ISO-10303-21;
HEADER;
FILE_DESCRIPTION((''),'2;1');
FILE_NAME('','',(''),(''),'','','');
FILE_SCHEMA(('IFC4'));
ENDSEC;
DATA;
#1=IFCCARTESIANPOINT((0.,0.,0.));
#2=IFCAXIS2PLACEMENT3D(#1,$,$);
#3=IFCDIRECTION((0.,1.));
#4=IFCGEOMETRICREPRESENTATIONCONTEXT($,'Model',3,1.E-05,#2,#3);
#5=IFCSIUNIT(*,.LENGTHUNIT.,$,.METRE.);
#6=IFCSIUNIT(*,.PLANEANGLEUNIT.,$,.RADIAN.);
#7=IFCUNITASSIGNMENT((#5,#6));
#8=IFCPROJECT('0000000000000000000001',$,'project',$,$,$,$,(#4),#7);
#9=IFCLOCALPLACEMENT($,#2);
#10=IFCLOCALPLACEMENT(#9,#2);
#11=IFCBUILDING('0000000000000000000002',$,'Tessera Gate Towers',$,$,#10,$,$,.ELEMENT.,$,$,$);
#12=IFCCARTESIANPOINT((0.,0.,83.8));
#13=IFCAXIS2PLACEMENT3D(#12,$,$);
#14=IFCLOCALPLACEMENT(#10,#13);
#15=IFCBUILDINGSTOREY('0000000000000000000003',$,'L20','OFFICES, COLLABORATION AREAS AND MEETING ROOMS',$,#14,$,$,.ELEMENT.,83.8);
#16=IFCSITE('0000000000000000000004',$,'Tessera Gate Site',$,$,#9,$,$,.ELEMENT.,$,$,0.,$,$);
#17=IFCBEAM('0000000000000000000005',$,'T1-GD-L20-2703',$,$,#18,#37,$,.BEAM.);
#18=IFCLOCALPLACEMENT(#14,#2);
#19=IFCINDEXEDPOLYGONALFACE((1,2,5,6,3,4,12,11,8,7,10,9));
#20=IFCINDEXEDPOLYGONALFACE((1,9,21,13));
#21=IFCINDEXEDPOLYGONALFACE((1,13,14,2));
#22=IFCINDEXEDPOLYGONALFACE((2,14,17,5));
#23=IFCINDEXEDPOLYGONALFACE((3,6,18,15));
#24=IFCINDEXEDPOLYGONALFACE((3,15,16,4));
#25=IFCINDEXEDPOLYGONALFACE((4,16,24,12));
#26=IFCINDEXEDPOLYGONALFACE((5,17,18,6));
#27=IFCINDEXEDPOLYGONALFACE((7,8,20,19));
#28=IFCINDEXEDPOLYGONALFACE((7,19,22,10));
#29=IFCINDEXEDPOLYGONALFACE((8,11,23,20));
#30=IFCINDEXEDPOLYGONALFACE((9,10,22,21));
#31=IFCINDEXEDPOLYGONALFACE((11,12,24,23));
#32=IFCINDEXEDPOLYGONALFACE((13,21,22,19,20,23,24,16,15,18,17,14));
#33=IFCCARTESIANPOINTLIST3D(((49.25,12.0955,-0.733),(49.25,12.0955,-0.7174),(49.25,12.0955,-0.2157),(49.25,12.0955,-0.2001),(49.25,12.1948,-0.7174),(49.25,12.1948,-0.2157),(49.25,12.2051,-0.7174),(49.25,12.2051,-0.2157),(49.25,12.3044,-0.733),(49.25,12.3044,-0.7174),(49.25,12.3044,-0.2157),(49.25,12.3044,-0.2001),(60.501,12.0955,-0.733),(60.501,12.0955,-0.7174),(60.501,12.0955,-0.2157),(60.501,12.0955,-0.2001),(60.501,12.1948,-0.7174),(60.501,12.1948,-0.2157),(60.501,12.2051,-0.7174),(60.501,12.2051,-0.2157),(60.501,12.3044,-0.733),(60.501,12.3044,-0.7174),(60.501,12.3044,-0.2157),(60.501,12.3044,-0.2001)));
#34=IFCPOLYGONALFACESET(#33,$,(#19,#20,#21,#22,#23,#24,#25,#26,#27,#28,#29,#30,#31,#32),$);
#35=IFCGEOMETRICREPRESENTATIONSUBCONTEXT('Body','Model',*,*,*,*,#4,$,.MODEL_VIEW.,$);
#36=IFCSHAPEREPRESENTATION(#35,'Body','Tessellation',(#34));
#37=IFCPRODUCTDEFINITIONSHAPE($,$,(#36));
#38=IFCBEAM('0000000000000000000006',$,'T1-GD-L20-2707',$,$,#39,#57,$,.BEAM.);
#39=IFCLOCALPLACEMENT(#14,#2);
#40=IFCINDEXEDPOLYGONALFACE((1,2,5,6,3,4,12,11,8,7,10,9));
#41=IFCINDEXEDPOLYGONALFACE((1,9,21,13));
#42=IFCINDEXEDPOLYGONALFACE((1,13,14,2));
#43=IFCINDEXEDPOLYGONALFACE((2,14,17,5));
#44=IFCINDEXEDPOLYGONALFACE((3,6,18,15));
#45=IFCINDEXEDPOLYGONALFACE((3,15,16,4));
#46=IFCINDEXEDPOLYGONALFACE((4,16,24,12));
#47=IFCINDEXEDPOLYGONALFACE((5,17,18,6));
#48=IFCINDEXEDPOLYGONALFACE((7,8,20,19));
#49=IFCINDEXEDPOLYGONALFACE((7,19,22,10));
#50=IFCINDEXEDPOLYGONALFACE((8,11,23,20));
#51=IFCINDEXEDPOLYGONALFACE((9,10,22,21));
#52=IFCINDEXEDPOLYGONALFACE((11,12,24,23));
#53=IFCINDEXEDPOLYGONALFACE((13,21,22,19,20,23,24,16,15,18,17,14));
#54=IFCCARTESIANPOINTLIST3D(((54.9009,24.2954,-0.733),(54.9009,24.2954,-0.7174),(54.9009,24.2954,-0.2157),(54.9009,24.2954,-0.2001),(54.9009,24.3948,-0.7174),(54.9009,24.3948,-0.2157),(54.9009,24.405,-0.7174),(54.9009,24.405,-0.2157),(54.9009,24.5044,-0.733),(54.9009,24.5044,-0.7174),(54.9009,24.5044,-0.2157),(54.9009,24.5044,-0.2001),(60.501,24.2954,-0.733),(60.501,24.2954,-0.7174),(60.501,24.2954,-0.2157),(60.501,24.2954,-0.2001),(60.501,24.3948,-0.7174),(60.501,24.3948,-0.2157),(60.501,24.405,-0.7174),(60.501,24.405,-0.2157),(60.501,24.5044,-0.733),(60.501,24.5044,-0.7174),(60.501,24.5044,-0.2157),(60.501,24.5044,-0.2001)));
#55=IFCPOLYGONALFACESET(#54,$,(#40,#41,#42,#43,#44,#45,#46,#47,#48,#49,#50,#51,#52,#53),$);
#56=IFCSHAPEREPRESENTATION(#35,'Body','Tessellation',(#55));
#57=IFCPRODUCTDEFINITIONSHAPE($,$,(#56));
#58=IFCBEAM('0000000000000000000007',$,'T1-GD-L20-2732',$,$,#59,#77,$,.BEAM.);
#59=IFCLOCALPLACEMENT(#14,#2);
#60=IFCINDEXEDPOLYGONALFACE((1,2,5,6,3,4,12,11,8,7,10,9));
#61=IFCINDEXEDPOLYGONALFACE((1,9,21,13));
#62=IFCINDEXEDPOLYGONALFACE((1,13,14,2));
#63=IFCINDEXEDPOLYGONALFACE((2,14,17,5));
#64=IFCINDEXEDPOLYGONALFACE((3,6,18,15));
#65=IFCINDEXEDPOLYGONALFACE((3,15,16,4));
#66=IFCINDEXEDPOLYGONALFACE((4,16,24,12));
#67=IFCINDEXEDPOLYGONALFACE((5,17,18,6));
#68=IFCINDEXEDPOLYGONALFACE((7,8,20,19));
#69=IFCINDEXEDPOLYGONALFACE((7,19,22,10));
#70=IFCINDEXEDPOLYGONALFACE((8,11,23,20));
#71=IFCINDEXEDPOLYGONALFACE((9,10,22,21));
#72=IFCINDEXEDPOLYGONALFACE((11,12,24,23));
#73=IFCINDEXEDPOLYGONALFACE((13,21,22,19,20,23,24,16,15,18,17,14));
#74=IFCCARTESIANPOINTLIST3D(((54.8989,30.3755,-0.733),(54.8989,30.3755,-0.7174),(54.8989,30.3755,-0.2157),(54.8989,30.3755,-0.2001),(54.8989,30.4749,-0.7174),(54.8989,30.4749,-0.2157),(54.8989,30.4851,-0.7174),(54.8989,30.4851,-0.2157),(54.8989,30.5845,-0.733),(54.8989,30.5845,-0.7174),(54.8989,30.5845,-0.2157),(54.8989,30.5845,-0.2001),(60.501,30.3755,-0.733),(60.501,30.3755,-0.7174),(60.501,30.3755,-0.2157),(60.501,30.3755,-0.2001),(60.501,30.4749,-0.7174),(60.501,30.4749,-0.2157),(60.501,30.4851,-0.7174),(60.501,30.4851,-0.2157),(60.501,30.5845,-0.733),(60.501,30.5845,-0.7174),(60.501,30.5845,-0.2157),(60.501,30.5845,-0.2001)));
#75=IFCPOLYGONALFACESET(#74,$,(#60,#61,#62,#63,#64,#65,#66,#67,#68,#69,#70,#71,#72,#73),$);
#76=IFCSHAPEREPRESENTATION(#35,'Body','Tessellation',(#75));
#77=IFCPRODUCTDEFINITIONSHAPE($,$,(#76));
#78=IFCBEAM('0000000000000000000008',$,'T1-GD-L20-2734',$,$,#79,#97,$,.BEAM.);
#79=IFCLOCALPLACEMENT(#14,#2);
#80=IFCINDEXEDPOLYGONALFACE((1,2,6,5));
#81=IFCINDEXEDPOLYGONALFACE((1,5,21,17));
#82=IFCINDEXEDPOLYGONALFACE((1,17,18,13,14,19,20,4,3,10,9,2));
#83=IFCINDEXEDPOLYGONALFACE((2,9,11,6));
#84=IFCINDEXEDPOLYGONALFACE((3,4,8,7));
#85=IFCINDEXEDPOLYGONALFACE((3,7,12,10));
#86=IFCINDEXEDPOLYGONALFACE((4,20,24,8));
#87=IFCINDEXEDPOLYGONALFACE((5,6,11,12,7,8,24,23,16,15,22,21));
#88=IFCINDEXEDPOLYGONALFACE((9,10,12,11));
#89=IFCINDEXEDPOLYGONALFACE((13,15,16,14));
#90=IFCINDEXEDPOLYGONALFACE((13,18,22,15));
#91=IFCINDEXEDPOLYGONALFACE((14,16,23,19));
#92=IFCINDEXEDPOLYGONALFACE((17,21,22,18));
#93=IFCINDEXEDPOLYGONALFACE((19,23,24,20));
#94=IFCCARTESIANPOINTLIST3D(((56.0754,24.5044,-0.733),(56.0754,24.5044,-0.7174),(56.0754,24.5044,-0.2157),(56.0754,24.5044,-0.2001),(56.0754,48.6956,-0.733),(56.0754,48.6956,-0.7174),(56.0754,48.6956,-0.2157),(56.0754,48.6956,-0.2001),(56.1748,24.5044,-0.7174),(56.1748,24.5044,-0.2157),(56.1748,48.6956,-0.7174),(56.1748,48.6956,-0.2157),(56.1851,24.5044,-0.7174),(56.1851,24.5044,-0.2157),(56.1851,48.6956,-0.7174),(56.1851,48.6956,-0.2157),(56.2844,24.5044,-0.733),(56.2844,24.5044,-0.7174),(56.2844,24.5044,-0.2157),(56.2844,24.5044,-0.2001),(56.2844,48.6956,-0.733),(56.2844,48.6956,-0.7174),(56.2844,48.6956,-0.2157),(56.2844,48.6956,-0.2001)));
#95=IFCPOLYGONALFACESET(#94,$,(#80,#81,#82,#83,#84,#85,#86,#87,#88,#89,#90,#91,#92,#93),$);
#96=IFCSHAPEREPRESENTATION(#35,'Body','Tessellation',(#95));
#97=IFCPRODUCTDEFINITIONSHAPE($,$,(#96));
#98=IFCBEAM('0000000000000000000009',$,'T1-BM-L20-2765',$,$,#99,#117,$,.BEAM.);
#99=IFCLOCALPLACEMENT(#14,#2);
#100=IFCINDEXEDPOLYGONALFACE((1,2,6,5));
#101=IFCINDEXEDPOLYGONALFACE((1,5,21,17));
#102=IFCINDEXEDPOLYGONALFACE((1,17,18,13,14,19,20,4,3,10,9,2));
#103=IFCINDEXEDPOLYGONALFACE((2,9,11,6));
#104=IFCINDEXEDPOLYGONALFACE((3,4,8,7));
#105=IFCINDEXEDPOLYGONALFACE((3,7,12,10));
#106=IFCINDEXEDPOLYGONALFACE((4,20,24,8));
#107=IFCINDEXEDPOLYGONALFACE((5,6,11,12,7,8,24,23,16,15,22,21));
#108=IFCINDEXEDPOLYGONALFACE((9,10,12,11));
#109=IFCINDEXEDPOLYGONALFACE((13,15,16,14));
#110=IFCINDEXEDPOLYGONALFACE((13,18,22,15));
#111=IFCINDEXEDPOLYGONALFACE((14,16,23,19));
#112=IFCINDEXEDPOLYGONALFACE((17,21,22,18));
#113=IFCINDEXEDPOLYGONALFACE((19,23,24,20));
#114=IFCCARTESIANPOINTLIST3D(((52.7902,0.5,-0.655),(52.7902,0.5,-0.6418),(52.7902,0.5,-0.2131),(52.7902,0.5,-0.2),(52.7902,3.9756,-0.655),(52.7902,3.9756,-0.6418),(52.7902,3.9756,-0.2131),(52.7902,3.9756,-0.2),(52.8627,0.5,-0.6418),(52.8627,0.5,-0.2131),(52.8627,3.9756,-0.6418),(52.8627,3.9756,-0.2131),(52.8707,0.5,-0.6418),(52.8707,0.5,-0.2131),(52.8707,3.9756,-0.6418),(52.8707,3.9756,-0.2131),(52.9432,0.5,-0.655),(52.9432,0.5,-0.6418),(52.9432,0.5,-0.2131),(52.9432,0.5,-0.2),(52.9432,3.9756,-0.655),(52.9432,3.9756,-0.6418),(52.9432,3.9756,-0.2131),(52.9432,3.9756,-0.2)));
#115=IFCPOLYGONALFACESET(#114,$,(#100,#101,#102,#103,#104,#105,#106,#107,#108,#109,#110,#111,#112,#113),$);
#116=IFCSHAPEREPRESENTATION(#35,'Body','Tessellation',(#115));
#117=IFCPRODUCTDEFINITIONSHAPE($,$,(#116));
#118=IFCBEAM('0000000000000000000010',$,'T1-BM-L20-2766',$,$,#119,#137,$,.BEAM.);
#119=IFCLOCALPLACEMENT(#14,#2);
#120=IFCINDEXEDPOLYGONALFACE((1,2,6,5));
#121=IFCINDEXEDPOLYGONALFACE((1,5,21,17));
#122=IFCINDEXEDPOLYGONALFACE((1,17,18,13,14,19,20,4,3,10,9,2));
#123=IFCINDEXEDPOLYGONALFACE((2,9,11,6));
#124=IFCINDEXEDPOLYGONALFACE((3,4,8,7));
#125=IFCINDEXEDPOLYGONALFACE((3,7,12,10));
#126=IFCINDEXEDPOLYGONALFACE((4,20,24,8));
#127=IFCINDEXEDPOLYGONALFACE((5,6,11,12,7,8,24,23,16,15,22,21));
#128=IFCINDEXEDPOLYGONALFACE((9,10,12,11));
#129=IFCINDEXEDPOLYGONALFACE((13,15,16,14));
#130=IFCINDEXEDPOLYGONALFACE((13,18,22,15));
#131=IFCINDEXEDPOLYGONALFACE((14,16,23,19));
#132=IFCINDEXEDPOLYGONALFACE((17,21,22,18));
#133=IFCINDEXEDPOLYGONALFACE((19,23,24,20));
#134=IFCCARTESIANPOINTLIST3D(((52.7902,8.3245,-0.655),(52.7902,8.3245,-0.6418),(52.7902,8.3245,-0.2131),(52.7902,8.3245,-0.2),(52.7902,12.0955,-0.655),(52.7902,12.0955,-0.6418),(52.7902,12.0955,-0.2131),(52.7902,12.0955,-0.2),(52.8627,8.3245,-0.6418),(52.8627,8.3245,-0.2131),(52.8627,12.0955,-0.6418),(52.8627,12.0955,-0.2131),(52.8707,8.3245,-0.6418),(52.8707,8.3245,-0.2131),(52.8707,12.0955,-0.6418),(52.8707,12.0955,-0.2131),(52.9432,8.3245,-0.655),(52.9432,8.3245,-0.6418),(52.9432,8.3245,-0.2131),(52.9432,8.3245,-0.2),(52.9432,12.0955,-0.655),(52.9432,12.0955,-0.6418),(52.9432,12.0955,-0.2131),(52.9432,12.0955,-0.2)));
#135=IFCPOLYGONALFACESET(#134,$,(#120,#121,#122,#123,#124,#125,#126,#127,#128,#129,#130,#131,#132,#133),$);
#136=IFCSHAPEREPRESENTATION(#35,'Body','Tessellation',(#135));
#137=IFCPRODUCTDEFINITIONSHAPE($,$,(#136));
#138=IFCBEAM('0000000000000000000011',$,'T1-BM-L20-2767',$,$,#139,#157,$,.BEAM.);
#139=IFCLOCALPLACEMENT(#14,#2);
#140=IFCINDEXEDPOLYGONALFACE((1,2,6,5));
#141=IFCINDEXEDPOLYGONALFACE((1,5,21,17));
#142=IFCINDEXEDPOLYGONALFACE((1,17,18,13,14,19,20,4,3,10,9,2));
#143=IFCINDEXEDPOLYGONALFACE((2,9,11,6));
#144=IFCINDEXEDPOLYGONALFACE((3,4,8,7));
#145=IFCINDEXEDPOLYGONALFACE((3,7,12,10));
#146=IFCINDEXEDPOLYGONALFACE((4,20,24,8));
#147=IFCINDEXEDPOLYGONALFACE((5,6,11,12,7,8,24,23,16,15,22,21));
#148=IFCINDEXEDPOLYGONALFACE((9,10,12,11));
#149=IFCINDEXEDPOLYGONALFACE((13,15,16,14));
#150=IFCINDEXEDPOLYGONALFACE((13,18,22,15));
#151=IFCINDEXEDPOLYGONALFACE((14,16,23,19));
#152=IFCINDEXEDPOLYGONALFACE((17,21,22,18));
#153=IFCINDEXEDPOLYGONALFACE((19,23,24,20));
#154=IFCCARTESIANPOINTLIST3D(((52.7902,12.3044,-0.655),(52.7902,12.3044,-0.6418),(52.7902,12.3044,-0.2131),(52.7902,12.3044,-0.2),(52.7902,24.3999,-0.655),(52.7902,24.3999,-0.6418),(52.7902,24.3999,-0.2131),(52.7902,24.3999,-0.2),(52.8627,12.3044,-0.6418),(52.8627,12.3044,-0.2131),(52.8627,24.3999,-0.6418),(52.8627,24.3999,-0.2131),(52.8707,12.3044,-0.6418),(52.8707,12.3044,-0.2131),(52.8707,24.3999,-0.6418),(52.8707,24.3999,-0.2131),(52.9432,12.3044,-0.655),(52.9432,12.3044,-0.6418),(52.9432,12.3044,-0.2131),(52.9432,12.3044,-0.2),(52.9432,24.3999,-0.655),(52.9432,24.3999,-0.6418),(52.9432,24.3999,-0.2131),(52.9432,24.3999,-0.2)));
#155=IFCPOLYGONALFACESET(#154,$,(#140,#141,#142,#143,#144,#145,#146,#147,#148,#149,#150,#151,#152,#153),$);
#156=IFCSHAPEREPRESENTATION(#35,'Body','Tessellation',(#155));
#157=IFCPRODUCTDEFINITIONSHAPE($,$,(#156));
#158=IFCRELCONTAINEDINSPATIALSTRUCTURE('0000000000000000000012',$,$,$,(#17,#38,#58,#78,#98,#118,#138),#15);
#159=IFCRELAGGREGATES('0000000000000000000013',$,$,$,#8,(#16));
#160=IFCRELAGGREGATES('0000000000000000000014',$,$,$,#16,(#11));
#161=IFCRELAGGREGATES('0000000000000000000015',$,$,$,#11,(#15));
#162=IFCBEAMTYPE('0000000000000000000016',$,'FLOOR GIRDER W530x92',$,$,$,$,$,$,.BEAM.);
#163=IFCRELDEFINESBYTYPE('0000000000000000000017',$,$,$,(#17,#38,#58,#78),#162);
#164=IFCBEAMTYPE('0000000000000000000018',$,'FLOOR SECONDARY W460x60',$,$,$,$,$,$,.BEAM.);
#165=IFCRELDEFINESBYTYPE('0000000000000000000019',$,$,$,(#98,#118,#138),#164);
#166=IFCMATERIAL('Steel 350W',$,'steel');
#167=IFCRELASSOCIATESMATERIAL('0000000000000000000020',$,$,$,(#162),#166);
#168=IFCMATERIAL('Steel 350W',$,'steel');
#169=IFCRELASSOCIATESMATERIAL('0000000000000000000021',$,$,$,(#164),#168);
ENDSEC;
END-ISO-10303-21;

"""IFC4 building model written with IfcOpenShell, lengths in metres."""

from ifc_helpers import new_model, si_unit, direction, frame, origin, origin_2d, place, context, subcontext, project, spatial, i_section, extrude, material, material_profile, profile_set, type_object, element, save


model = new_model("IFC4")

# Units and contexts
model_context = context("Model", 3, precision=1e-05, world=origin(), true_north=direction((0.0, 1.0)))
body_context = subcontext(model_context, "Body", "Model", "MODEL_VIEW")
ifc_project = project(units=[si_unit("LENGTHUNIT", "METRE"), si_unit("PLANEANGLEUNIT", "RADIAN")], contexts=[model_context])

# Site, building, storey
site_placement = place(None, origin())
site = spatial("IfcSite", under=ifc_project, at=site_placement, Name="Tessera Gate Site", CompositionType="ELEMENT", RefElevation=0.0)
building_placement = place(site_placement, origin())
building = spatial("IfcBuilding", under=site, at=building_placement, Name="Tessera Gate Towers", CompositionType="ELEMENT")
storey_placement = place(building_placement, frame((0.0, 0.0, 83.8)))
storey = spatial("IfcBuildingStorey", under=building, at=storey_placement, Name="L20", Description="OFFICES, COLLABORATION AREAS AND MEETING ROOMS", CompositionType="ELEMENT", Elevation=83.8)

# Beams
ifc_material_1 = material(Name="Steel 350W", Category="steel")
ifc_material_profile_1 = material_profile(ifc_material_1, i_section(OverallWidth=0.209, OverallDepth=0.533, WebThickness=0.0103, FlangeThickness=0.0156, at=origin_2d()), Name="W530x92")
ifc_profile_set_1 = profile_set([ifc_material_profile_1], Name="Steel 350W")
beam_type_1 = type_object("IfcBeamType", Name="FLOOR GIRDER W530x92", PredefinedType="BEAM", material=ifc_profile_set_1)
beam_1_placement = place(storey_placement, frame((49.25, 12.2, -0.4666), z_axis=(1.0, 0.0, 0.0), x_axis=(0.0, 1.0, 0.0)))
element("IfcBeam", 1, at=beam_1_placement, inside=storey, type_object=beam_type_1, Name="T1-GD-L20-2703", PredefinedType="BEAM", context=body_context, shape_type="SweptSolid", body=[
    extrude(i_section(OverallWidth=0.209, OverallDepth=0.533, WebThickness=0.0103, FlangeThickness=0.0156, at=origin_2d()), origin(), (0.0, 0.0, 1.0), 11.251),
])
beam_2_placement = place(storey_placement, frame((54.9009, 24.3999, -0.4666), z_axis=(1.0, 0.0, 0.0), x_axis=(0.0, 1.0, 0.0)))
element("IfcBeam", 2, at=beam_2_placement, inside=storey, type_object=beam_type_1, Name="T1-GD-L20-2707", PredefinedType="BEAM", context=body_context, shape_type="SweptSolid", body=[
    extrude(i_section(OverallWidth=0.209, OverallDepth=0.533, WebThickness=0.0103, FlangeThickness=0.0156, at=origin_2d()), origin(), (0.0, 0.0, 1.0), 5.6001),
])
beam_3_placement = place(storey_placement, frame((54.8989, 30.48, -0.4666), z_axis=(1.0, 0.0, 0.0), x_axis=(0.0, 1.0, 0.0)))
element("IfcBeam", 3, at=beam_3_placement, inside=storey, type_object=beam_type_1, Name="T1-GD-L20-2732", PredefinedType="BEAM", context=body_context, shape_type="SweptSolid", body=[
    extrude(i_section(OverallWidth=0.209, OverallDepth=0.533, WebThickness=0.0103, FlangeThickness=0.0156, at=origin_2d()), origin(), (0.0, 0.0, 1.0), 5.6021),
])
beam_4_placement = place(storey_placement, frame((56.1799, 24.5044, -0.4666), z_axis=(0.0, 1.0, 0.0), x_axis=(-1.0, 0.0, 0.0)))
element("IfcBeam", 4, at=beam_4_placement, inside=storey, type_object=beam_type_1, Name="T1-GD-L20-2734", PredefinedType="BEAM", context=body_context, shape_type="SweptSolid", body=[
    extrude(i_section(OverallWidth=0.209, OverallDepth=0.533, WebThickness=0.0103, FlangeThickness=0.0156, at=origin_2d()), origin(), (0.0, 0.0, 1.0), 24.1912),
])
ifc_material_2 = material(Name="Steel 350W", Category="steel")
ifc_material_profile_2 = material_profile(ifc_material_2, i_section(OverallWidth=0.1531, OverallDepth=0.4551, WebThickness=0.0081, FlangeThickness=0.0132, at=origin_2d()), Name="W460x60")
ifc_profile_set_2 = profile_set([ifc_material_profile_2], Name="Steel 350W")
beam_type_2 = type_object("IfcBeamType", Name="FLOOR SECONDARY W460x60", PredefinedType="BEAM", material=ifc_profile_set_2)
beam_5_placement = place(storey_placement, frame((52.8667, 0.5, -0.4275), z_axis=(0.0, 1.0, 0.0), x_axis=(-1.0, 0.0, 0.0)))
element("IfcBeam", 5, at=beam_5_placement, inside=storey, type_object=beam_type_2, Name="T1-BM-L20-2765", PredefinedType="BEAM", context=body_context, shape_type="SweptSolid", body=[
    extrude(i_section(OverallWidth=0.1531, OverallDepth=0.4551, WebThickness=0.0081, FlangeThickness=0.0132, at=origin_2d()), origin(), (0.0, 0.0, 1.0), 3.4756),
])
beam_6_placement = place(storey_placement, frame((52.8667, 8.3245, -0.4275), z_axis=(0.0, 1.0, 0.0), x_axis=(-1.0, 0.0, 0.0)))
element("IfcBeam", 6, at=beam_6_placement, inside=storey, type_object=beam_type_2, Name="T1-BM-L20-2766", PredefinedType="BEAM", context=body_context, shape_type="SweptSolid", body=[
    extrude(i_section(OverallWidth=0.1531, OverallDepth=0.4551, WebThickness=0.0081, FlangeThickness=0.0132, at=origin_2d()), origin(), (0.0, 0.0, 1.0), 3.771),
])
beam_7_placement = place(storey_placement, frame((52.8667, 12.3044, -0.4275), z_axis=(0.0, 1.0, 0.0), x_axis=(-1.0, 0.0, 0.0)))
element("IfcBeam", 7, at=beam_7_placement, inside=storey, type_object=beam_type_2, Name="T1-BM-L20-2767", PredefinedType="BEAM", context=body_context, shape_type="SweptSolid", body=[
    extrude(i_section(OverallWidth=0.1531, OverallDepth=0.4551, WebThickness=0.0081, FlangeThickness=0.0132, at=origin_2d()), origin(), (0.0, 0.0, 1.0), 12.0955),
])

save(model, "model.ifc")
